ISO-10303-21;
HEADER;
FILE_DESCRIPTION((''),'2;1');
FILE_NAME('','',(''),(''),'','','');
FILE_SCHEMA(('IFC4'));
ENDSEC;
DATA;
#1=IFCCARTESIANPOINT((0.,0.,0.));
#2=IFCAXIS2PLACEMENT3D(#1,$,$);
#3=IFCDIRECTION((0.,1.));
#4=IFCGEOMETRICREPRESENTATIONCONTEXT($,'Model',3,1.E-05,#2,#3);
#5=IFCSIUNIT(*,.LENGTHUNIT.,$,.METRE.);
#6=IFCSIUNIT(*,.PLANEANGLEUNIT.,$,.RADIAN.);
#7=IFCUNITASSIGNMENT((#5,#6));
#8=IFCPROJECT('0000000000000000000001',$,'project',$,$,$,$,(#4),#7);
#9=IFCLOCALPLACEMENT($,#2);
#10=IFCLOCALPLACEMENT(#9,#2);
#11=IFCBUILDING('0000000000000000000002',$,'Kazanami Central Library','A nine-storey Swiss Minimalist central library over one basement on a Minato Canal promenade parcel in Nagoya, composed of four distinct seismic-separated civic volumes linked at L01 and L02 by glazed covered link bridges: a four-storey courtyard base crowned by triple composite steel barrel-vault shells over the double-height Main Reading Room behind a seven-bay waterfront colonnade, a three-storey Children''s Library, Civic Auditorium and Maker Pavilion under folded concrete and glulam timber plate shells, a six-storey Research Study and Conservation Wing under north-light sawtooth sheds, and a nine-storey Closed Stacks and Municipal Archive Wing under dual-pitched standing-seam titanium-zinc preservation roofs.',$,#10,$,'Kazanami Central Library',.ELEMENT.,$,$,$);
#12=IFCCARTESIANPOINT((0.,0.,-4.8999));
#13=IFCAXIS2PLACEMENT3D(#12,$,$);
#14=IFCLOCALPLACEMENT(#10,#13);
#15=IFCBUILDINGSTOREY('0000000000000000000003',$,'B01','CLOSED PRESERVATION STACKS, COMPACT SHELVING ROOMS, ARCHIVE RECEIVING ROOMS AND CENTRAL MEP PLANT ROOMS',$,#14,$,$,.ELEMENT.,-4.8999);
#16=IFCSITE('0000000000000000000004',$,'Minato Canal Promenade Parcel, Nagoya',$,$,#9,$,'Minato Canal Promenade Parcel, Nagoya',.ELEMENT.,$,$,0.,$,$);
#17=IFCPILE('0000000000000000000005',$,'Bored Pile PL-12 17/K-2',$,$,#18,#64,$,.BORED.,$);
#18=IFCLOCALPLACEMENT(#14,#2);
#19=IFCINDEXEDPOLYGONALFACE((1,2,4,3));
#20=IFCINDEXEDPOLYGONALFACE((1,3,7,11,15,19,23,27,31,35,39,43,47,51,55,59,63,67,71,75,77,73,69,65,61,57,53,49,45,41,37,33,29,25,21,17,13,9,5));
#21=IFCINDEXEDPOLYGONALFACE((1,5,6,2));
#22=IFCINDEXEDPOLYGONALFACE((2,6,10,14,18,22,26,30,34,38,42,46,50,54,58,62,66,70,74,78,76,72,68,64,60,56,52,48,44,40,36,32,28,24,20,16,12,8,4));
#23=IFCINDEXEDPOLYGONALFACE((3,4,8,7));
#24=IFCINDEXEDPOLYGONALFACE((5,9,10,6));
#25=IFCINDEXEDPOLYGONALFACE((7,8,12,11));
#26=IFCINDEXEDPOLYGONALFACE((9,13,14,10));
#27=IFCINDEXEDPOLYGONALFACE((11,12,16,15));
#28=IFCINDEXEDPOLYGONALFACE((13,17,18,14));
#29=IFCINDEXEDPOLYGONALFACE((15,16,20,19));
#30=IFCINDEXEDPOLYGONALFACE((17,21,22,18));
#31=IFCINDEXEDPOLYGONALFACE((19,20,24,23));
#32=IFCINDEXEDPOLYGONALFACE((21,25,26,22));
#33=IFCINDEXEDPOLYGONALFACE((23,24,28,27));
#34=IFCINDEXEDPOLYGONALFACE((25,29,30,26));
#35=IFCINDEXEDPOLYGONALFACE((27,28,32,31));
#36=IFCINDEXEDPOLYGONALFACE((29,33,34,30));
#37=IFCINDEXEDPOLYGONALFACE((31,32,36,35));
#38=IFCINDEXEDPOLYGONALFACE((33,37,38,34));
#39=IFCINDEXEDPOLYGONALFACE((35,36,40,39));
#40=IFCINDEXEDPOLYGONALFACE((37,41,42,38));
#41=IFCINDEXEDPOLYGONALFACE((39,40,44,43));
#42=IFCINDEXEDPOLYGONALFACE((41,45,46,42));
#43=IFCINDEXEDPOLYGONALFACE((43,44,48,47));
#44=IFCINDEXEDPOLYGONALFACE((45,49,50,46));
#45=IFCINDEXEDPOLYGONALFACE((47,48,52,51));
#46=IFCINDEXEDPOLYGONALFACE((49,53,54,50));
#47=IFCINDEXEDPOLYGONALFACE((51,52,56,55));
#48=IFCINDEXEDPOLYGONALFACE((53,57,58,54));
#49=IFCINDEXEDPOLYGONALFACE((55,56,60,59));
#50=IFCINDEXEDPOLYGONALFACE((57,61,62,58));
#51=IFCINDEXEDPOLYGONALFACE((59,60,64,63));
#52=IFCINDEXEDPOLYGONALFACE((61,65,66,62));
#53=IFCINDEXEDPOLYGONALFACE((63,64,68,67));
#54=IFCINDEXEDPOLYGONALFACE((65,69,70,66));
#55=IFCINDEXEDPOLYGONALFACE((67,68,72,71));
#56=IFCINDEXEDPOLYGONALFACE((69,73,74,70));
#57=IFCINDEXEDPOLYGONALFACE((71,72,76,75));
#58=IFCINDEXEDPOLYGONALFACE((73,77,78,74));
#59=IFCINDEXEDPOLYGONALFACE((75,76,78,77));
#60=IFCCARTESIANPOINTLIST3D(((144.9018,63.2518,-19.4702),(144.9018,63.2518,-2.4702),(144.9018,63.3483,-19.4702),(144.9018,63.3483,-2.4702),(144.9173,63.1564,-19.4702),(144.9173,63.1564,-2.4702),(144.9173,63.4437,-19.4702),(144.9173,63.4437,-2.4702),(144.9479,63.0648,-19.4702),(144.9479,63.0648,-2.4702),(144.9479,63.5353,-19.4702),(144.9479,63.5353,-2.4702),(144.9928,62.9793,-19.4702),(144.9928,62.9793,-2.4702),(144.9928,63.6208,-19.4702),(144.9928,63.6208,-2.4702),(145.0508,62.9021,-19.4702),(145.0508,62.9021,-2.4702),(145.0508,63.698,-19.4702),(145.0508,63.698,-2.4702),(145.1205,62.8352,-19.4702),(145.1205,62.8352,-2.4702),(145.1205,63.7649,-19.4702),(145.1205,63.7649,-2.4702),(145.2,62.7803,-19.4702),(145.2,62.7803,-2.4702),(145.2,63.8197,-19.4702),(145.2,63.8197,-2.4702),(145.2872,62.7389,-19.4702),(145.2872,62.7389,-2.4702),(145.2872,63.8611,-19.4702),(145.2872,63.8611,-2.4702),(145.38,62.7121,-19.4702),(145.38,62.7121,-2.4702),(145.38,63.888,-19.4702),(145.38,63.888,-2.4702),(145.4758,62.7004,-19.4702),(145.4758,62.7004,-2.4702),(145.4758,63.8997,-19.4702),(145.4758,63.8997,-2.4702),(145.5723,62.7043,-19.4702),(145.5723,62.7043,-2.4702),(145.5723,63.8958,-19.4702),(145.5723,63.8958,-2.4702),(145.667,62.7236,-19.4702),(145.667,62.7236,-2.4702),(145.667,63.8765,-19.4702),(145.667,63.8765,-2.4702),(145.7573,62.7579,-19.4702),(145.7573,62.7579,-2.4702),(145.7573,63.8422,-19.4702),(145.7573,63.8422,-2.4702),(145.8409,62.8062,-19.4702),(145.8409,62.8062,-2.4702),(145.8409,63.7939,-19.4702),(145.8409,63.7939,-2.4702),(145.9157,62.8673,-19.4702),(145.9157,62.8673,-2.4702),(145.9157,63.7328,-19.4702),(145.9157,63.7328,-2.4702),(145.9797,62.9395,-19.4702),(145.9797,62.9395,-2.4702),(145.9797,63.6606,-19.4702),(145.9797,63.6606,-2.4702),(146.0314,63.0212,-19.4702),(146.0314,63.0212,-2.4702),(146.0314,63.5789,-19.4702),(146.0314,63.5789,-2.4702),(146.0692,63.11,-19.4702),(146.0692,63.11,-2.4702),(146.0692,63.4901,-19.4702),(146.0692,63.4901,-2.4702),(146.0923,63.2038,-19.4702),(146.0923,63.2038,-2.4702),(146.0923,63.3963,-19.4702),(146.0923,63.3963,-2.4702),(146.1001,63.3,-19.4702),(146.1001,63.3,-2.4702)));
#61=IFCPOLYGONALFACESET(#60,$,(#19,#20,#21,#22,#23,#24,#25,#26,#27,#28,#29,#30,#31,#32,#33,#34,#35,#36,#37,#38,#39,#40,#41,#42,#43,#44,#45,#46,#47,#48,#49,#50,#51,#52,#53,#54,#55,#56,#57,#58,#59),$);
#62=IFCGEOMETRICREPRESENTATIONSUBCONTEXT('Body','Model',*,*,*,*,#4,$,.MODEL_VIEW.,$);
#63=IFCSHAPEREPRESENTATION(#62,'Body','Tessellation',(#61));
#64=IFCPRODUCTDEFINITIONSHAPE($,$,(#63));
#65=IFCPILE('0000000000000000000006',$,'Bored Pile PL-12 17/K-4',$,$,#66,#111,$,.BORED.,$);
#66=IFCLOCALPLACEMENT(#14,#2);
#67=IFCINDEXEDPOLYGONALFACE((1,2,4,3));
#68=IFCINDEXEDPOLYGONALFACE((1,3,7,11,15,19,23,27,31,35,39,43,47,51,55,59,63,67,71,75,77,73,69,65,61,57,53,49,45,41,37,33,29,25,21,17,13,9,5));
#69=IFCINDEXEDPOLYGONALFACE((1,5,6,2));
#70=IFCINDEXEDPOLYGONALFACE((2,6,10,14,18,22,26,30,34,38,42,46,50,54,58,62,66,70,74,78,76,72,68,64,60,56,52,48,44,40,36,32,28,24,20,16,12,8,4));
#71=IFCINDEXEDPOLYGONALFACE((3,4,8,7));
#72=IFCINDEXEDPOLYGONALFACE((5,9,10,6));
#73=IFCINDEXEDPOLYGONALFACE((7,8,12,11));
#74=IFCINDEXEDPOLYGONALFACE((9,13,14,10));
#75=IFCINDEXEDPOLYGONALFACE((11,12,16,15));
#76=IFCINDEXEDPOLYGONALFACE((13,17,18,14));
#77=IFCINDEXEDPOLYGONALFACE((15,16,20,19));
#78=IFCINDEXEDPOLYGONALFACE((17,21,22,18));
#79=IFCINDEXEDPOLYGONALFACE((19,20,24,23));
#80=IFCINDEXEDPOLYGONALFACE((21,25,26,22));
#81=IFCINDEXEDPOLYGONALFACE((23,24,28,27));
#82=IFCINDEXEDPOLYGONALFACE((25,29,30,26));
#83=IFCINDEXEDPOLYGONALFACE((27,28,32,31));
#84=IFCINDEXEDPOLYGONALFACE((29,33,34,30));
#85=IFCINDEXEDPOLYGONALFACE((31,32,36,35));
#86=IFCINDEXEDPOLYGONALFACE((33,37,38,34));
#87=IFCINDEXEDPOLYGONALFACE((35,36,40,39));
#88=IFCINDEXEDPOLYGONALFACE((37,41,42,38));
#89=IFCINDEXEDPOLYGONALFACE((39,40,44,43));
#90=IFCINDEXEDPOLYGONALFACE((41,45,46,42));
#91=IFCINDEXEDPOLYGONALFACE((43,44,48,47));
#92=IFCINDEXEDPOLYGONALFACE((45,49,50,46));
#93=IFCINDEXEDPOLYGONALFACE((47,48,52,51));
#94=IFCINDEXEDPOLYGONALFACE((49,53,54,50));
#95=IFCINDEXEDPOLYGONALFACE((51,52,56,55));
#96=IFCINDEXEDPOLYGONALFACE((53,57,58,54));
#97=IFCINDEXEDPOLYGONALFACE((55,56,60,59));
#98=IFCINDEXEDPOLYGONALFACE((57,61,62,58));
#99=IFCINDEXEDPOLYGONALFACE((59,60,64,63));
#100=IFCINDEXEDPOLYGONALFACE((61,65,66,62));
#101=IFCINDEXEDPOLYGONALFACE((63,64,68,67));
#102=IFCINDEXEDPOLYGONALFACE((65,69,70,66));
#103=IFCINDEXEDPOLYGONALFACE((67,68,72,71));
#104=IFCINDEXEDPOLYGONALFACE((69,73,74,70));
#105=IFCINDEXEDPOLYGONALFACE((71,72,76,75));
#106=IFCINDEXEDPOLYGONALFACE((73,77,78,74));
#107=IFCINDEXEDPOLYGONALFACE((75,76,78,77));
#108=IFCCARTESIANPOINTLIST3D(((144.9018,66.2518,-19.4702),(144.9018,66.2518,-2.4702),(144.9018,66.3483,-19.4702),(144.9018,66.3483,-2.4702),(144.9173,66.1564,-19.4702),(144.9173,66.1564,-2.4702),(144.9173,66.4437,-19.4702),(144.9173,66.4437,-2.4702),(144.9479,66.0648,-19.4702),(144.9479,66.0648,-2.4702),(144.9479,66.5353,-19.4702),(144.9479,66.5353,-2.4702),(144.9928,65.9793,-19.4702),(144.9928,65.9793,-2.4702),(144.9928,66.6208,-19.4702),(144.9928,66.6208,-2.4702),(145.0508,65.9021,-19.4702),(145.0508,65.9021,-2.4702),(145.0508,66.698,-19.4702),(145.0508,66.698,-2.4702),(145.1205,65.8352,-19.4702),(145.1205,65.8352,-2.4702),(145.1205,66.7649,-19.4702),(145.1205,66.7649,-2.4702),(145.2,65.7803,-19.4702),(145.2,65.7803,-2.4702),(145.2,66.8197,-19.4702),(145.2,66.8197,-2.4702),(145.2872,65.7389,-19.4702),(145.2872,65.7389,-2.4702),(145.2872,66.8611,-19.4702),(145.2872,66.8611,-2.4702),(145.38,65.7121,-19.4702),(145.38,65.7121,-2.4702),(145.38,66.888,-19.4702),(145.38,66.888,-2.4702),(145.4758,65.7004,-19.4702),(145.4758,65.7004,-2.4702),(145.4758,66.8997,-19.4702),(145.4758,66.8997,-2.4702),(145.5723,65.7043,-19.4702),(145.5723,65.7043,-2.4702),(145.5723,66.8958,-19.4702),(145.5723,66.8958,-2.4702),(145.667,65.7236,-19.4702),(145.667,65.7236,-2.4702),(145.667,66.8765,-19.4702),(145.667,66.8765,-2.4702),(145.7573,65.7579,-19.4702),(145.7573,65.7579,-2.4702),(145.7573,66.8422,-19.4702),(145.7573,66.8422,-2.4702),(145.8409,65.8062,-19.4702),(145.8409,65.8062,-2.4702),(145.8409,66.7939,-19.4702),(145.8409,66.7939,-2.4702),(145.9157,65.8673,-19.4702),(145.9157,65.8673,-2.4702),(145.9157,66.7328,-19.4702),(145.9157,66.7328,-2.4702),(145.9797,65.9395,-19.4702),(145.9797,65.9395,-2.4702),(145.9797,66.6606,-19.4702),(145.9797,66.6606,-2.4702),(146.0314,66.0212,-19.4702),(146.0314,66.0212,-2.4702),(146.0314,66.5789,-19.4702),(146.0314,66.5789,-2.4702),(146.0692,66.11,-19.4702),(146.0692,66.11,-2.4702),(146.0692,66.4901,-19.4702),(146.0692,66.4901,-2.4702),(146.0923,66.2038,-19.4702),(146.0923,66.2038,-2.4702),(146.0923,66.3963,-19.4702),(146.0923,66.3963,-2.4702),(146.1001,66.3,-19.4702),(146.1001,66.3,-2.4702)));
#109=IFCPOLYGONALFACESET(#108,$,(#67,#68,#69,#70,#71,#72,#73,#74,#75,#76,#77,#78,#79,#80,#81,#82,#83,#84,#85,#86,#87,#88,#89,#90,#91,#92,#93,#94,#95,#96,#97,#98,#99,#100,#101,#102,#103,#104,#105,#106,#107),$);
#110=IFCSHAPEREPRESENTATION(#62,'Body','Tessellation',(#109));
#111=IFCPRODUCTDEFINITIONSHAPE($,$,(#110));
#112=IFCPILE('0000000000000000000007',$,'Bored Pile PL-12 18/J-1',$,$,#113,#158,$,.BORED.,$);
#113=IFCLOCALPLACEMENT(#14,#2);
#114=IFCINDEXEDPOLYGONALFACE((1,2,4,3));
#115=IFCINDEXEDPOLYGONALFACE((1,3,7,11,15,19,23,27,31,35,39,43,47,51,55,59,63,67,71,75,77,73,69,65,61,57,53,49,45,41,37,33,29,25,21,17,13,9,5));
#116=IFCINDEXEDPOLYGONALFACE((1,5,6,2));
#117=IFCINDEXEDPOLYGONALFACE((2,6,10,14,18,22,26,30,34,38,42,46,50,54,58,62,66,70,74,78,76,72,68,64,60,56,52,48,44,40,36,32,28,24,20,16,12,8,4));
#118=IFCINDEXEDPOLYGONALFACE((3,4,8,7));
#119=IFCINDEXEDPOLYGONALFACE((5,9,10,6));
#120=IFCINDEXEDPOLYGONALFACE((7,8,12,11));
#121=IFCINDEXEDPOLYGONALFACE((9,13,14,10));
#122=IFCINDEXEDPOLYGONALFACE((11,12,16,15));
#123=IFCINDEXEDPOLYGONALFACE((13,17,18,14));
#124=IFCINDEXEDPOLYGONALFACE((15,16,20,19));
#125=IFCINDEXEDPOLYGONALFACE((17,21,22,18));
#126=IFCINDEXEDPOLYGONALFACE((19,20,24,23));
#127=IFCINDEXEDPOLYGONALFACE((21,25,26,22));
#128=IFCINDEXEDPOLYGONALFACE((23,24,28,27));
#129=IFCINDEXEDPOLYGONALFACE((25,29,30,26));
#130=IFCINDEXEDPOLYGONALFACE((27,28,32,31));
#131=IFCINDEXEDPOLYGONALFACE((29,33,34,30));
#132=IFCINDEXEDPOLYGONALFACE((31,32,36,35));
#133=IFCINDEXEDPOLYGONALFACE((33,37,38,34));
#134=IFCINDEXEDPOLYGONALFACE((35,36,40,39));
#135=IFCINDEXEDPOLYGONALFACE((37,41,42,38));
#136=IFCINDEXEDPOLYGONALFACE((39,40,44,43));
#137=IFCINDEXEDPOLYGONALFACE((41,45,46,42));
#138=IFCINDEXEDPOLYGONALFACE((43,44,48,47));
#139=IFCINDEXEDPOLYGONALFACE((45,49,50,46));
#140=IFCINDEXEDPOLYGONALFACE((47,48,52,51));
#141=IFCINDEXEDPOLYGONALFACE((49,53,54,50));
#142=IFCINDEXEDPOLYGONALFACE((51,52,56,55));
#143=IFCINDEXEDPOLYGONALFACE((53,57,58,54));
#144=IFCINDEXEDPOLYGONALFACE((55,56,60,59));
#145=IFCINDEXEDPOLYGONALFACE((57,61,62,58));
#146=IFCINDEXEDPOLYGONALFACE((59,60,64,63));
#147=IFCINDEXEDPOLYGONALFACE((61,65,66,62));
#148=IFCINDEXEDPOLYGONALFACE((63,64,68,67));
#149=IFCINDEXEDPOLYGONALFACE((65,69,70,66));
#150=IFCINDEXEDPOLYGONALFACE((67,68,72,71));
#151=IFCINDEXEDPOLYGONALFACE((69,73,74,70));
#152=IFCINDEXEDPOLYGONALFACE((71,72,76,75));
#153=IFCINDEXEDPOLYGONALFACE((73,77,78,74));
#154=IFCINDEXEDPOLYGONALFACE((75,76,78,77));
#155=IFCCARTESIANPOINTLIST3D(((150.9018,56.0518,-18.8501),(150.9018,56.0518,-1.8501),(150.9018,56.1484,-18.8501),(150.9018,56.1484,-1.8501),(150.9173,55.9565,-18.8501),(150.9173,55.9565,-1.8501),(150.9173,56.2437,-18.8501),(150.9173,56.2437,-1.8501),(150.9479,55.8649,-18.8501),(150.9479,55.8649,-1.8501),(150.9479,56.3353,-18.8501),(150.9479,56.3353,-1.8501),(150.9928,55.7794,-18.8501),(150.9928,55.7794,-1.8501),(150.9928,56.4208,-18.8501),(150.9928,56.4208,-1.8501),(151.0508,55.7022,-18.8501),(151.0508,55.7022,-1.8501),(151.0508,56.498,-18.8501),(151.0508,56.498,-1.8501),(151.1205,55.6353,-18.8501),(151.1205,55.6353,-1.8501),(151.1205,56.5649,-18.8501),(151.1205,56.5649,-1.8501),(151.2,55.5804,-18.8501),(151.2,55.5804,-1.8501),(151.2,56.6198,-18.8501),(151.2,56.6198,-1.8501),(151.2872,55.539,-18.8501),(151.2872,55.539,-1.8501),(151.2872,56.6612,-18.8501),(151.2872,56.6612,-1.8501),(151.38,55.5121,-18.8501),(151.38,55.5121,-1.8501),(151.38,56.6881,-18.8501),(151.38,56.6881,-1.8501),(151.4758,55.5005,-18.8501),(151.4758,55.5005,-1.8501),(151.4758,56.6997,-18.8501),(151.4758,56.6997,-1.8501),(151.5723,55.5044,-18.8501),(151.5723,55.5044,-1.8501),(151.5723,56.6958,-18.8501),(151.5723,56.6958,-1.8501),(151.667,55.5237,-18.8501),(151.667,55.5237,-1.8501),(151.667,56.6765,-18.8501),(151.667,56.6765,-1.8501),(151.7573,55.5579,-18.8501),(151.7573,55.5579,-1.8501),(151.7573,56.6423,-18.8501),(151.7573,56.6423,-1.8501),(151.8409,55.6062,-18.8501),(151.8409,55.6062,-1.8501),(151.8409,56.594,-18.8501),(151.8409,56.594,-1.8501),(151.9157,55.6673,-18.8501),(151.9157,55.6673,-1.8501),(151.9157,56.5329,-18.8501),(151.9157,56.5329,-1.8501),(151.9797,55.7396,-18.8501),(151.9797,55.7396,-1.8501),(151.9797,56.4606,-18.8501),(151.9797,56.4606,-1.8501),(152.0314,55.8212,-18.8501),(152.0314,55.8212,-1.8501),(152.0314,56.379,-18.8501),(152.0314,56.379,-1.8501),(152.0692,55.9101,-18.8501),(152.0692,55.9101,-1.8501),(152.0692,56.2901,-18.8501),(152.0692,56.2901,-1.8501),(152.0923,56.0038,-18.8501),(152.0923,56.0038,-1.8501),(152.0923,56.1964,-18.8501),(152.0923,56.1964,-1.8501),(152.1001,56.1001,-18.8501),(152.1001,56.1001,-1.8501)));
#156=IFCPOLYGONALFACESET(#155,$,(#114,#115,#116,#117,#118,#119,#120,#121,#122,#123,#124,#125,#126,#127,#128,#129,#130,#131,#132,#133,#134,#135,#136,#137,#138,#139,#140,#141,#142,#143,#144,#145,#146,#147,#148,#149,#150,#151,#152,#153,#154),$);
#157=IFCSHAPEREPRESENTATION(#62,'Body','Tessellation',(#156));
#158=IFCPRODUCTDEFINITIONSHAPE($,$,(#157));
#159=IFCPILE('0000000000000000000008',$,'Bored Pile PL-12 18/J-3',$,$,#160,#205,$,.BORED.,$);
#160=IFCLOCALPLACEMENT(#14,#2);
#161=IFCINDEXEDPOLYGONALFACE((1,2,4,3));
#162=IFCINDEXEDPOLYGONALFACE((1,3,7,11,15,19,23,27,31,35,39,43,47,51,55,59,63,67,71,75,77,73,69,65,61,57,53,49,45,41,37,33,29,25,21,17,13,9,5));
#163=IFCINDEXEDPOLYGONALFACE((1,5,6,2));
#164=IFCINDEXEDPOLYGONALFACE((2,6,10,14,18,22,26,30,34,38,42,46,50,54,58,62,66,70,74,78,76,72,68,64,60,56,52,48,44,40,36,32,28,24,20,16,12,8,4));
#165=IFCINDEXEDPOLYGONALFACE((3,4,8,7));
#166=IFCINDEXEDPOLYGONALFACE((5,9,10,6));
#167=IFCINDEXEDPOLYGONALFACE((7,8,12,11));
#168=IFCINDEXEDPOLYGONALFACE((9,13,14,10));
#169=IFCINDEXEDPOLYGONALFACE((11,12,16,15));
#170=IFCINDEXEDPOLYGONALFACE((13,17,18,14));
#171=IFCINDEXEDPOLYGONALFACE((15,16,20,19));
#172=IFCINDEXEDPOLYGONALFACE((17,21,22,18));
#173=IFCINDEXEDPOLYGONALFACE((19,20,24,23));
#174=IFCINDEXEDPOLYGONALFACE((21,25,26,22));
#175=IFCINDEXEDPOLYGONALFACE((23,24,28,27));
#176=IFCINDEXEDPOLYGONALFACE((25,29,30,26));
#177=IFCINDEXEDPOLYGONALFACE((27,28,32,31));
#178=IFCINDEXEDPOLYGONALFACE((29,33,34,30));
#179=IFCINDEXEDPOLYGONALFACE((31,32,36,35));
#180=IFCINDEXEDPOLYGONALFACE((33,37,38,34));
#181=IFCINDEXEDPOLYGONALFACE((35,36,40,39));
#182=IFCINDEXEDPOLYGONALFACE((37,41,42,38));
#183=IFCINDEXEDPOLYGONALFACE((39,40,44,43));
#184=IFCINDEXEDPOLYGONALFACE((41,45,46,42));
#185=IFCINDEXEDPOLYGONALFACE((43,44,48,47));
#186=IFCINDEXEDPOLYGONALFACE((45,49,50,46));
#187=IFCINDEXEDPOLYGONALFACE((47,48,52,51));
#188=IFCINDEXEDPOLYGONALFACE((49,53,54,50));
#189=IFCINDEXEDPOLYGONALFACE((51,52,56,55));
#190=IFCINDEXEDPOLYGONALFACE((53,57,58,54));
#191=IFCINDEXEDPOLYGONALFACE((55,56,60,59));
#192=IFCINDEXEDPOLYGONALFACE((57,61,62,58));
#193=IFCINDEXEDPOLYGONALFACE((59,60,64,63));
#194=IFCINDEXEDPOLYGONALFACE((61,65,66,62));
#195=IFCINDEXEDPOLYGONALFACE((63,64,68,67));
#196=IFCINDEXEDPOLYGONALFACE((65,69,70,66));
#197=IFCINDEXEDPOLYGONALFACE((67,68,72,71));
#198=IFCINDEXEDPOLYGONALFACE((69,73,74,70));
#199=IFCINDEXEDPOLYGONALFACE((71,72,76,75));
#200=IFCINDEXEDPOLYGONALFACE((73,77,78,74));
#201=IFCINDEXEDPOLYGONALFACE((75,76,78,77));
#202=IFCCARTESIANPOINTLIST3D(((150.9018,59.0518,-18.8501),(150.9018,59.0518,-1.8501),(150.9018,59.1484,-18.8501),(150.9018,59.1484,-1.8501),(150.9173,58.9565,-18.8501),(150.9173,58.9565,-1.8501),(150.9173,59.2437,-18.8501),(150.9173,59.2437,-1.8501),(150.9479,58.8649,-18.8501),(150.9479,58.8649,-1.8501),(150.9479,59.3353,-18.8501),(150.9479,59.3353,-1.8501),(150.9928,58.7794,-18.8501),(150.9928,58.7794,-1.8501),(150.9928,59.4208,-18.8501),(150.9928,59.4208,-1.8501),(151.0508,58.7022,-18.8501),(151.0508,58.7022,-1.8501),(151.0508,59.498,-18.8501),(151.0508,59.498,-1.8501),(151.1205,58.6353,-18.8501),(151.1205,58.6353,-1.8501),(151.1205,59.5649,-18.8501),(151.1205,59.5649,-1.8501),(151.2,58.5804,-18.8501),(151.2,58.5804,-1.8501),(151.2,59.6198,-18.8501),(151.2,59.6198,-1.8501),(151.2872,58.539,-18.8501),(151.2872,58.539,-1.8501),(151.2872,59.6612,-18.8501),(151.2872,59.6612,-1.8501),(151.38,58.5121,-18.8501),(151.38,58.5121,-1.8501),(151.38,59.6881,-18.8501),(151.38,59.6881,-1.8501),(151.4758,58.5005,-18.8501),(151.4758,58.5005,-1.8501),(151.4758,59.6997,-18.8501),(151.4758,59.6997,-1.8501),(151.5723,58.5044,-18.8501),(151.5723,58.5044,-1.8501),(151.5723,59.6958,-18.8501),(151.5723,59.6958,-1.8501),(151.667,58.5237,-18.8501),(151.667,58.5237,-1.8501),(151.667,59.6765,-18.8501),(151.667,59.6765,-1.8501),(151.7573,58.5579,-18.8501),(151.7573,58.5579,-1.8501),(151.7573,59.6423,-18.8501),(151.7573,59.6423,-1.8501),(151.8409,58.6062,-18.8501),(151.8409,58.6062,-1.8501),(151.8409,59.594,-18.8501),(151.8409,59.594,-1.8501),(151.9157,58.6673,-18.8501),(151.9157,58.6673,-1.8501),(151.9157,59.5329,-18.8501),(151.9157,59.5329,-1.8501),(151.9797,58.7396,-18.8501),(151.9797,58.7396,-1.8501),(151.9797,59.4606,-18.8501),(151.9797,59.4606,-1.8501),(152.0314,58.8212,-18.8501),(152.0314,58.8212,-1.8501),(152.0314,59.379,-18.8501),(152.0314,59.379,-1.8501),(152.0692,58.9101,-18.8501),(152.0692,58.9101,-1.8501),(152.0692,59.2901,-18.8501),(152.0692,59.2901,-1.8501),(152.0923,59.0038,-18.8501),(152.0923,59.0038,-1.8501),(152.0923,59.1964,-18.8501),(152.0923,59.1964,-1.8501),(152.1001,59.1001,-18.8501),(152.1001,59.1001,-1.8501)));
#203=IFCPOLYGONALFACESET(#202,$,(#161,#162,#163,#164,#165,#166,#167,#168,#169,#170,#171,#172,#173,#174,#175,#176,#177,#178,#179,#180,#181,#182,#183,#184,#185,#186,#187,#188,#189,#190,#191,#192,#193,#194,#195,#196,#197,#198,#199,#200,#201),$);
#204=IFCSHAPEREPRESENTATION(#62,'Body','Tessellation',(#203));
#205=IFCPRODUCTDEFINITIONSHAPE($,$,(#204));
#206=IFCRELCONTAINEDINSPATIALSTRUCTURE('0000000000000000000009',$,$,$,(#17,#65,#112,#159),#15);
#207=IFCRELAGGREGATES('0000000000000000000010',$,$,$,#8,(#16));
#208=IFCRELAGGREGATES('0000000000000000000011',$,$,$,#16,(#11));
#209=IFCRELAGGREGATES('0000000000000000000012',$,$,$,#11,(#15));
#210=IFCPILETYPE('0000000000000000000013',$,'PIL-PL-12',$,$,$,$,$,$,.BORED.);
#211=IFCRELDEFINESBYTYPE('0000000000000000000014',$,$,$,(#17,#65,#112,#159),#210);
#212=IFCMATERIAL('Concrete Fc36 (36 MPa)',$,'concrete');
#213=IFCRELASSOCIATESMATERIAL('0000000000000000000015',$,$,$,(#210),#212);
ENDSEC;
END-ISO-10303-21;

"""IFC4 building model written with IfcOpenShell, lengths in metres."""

from ifc_helpers import new_model, si_unit, direction, frame, origin, origin_2d, place, context, subcontext, project, spatial, circle, extrude, material, material_profile, profile_set, type_object, element, save


model = new_model("IFC4")

# Units and contexts
model_context = context("Model", 3, precision=1e-05, world=origin(), true_north=direction((0.0, 1.0)))
body_context = subcontext(model_context, "Body", "Model", "MODEL_VIEW")
ifc_project = project(units=[si_unit("LENGTHUNIT", "METRE"), si_unit("PLANEANGLEUNIT", "RADIAN")], contexts=[model_context])

# Site, building, storey
site_placement = place(None, origin())
site = spatial("IfcSite", under=ifc_project, at=site_placement, Name="Minato Canal Promenade Parcel, Nagoya", LongName="Minato Canal Promenade Parcel, Nagoya", CompositionType="ELEMENT", RefElevation=0.0)
building_placement = place(site_placement, origin())
building = spatial("IfcBuilding", under=site, at=building_placement, Name="Kazanami Central Library", Description="A nine-storey Swiss Minimalist central library over one basement on a Minato Canal promenade parcel in Nagoya, composed of four distinct seismic-separated civic volumes linked at L01 and L02 by glazed covered link bridges: a four-storey courtyard base crowned by triple composite steel barrel-vault shells over the double-height Main Reading Room behind a seven-bay waterfront colonnade, a three-storey Children's Library, Civic Auditorium and Maker Pavilion under folded concrete and glulam timber plate shells, a six-storey Research Study and Conservation Wing under north-light sawtooth sheds, and a nine-storey Closed Stacks and Municipal Archive Wing under dual-pitched standing-seam titanium-zinc preservation roofs.", LongName="Kazanami Central Library", CompositionType="ELEMENT")
storey_placement = place(building_placement, frame((0.0, 0.0, -4.8999)))
storey = spatial("IfcBuildingStorey", under=building, at=storey_placement, Name="B01", Description="CLOSED PRESERVATION STACKS, COMPACT SHELVING ROOMS, ARCHIVE RECEIVING ROOMS AND CENTRAL MEP PLANT ROOMS", CompositionType="ELEMENT", Elevation=-4.8999)

# Shared definitions
ifc_material_1 = material(Name="Concrete Fc36 (36 MPa)", Category="concrete")

# Piles
ifc_material_profile_1 = material_profile(ifc_material_1, circle(Radius=0.6001, at=origin_2d()), Name="BORED-D1200")
ifc_profile_set_1 = profile_set([ifc_material_profile_1], Name="Concrete Fc36 (36 MPa)")
pile_type = type_object("IfcPileType", Name="PIL-PL-12", PredefinedType="BORED", material=ifc_profile_set_1)
for number, where, z_axis, x_axis, name in (
    (1, (145.5, 63.3, -2.4702), (0.0, 0.0, -1.0), (1.0, 0.0, 0.0), "Bored Pile PL-12 17/K-2"),
    (2, (145.5, 66.3, -2.4702), (0.0, 0.0, -1.0), (1.0, 0.0, 0.0), "Bored Pile PL-12 17/K-4"),
    (3, (151.5, 56.1001, -1.8501), (0.0, 0.0, -1.0), (1.0, 0.0, 0.0), "Bored Pile PL-12 18/J-1"),
    (4, (151.5, 59.1001, -1.8501), (0.0, 0.0, -1.0), (1.0, 0.0, 0.0), "Bored Pile PL-12 18/J-3"),
):
    element("IfcPile", number, at=place(storey_placement, frame(where, z_axis=z_axis, x_axis=x_axis)), inside=storey, type_object=pile_type, Name=name, PredefinedType="BORED", context=body_context, shape_type="SweptSolid", body=[
        extrude(circle(Radius=0.6001, at=origin_2d()), origin(), (0.0, 0.0, 1.0), 17.0),
    ])

save(model, "model.ifc")
